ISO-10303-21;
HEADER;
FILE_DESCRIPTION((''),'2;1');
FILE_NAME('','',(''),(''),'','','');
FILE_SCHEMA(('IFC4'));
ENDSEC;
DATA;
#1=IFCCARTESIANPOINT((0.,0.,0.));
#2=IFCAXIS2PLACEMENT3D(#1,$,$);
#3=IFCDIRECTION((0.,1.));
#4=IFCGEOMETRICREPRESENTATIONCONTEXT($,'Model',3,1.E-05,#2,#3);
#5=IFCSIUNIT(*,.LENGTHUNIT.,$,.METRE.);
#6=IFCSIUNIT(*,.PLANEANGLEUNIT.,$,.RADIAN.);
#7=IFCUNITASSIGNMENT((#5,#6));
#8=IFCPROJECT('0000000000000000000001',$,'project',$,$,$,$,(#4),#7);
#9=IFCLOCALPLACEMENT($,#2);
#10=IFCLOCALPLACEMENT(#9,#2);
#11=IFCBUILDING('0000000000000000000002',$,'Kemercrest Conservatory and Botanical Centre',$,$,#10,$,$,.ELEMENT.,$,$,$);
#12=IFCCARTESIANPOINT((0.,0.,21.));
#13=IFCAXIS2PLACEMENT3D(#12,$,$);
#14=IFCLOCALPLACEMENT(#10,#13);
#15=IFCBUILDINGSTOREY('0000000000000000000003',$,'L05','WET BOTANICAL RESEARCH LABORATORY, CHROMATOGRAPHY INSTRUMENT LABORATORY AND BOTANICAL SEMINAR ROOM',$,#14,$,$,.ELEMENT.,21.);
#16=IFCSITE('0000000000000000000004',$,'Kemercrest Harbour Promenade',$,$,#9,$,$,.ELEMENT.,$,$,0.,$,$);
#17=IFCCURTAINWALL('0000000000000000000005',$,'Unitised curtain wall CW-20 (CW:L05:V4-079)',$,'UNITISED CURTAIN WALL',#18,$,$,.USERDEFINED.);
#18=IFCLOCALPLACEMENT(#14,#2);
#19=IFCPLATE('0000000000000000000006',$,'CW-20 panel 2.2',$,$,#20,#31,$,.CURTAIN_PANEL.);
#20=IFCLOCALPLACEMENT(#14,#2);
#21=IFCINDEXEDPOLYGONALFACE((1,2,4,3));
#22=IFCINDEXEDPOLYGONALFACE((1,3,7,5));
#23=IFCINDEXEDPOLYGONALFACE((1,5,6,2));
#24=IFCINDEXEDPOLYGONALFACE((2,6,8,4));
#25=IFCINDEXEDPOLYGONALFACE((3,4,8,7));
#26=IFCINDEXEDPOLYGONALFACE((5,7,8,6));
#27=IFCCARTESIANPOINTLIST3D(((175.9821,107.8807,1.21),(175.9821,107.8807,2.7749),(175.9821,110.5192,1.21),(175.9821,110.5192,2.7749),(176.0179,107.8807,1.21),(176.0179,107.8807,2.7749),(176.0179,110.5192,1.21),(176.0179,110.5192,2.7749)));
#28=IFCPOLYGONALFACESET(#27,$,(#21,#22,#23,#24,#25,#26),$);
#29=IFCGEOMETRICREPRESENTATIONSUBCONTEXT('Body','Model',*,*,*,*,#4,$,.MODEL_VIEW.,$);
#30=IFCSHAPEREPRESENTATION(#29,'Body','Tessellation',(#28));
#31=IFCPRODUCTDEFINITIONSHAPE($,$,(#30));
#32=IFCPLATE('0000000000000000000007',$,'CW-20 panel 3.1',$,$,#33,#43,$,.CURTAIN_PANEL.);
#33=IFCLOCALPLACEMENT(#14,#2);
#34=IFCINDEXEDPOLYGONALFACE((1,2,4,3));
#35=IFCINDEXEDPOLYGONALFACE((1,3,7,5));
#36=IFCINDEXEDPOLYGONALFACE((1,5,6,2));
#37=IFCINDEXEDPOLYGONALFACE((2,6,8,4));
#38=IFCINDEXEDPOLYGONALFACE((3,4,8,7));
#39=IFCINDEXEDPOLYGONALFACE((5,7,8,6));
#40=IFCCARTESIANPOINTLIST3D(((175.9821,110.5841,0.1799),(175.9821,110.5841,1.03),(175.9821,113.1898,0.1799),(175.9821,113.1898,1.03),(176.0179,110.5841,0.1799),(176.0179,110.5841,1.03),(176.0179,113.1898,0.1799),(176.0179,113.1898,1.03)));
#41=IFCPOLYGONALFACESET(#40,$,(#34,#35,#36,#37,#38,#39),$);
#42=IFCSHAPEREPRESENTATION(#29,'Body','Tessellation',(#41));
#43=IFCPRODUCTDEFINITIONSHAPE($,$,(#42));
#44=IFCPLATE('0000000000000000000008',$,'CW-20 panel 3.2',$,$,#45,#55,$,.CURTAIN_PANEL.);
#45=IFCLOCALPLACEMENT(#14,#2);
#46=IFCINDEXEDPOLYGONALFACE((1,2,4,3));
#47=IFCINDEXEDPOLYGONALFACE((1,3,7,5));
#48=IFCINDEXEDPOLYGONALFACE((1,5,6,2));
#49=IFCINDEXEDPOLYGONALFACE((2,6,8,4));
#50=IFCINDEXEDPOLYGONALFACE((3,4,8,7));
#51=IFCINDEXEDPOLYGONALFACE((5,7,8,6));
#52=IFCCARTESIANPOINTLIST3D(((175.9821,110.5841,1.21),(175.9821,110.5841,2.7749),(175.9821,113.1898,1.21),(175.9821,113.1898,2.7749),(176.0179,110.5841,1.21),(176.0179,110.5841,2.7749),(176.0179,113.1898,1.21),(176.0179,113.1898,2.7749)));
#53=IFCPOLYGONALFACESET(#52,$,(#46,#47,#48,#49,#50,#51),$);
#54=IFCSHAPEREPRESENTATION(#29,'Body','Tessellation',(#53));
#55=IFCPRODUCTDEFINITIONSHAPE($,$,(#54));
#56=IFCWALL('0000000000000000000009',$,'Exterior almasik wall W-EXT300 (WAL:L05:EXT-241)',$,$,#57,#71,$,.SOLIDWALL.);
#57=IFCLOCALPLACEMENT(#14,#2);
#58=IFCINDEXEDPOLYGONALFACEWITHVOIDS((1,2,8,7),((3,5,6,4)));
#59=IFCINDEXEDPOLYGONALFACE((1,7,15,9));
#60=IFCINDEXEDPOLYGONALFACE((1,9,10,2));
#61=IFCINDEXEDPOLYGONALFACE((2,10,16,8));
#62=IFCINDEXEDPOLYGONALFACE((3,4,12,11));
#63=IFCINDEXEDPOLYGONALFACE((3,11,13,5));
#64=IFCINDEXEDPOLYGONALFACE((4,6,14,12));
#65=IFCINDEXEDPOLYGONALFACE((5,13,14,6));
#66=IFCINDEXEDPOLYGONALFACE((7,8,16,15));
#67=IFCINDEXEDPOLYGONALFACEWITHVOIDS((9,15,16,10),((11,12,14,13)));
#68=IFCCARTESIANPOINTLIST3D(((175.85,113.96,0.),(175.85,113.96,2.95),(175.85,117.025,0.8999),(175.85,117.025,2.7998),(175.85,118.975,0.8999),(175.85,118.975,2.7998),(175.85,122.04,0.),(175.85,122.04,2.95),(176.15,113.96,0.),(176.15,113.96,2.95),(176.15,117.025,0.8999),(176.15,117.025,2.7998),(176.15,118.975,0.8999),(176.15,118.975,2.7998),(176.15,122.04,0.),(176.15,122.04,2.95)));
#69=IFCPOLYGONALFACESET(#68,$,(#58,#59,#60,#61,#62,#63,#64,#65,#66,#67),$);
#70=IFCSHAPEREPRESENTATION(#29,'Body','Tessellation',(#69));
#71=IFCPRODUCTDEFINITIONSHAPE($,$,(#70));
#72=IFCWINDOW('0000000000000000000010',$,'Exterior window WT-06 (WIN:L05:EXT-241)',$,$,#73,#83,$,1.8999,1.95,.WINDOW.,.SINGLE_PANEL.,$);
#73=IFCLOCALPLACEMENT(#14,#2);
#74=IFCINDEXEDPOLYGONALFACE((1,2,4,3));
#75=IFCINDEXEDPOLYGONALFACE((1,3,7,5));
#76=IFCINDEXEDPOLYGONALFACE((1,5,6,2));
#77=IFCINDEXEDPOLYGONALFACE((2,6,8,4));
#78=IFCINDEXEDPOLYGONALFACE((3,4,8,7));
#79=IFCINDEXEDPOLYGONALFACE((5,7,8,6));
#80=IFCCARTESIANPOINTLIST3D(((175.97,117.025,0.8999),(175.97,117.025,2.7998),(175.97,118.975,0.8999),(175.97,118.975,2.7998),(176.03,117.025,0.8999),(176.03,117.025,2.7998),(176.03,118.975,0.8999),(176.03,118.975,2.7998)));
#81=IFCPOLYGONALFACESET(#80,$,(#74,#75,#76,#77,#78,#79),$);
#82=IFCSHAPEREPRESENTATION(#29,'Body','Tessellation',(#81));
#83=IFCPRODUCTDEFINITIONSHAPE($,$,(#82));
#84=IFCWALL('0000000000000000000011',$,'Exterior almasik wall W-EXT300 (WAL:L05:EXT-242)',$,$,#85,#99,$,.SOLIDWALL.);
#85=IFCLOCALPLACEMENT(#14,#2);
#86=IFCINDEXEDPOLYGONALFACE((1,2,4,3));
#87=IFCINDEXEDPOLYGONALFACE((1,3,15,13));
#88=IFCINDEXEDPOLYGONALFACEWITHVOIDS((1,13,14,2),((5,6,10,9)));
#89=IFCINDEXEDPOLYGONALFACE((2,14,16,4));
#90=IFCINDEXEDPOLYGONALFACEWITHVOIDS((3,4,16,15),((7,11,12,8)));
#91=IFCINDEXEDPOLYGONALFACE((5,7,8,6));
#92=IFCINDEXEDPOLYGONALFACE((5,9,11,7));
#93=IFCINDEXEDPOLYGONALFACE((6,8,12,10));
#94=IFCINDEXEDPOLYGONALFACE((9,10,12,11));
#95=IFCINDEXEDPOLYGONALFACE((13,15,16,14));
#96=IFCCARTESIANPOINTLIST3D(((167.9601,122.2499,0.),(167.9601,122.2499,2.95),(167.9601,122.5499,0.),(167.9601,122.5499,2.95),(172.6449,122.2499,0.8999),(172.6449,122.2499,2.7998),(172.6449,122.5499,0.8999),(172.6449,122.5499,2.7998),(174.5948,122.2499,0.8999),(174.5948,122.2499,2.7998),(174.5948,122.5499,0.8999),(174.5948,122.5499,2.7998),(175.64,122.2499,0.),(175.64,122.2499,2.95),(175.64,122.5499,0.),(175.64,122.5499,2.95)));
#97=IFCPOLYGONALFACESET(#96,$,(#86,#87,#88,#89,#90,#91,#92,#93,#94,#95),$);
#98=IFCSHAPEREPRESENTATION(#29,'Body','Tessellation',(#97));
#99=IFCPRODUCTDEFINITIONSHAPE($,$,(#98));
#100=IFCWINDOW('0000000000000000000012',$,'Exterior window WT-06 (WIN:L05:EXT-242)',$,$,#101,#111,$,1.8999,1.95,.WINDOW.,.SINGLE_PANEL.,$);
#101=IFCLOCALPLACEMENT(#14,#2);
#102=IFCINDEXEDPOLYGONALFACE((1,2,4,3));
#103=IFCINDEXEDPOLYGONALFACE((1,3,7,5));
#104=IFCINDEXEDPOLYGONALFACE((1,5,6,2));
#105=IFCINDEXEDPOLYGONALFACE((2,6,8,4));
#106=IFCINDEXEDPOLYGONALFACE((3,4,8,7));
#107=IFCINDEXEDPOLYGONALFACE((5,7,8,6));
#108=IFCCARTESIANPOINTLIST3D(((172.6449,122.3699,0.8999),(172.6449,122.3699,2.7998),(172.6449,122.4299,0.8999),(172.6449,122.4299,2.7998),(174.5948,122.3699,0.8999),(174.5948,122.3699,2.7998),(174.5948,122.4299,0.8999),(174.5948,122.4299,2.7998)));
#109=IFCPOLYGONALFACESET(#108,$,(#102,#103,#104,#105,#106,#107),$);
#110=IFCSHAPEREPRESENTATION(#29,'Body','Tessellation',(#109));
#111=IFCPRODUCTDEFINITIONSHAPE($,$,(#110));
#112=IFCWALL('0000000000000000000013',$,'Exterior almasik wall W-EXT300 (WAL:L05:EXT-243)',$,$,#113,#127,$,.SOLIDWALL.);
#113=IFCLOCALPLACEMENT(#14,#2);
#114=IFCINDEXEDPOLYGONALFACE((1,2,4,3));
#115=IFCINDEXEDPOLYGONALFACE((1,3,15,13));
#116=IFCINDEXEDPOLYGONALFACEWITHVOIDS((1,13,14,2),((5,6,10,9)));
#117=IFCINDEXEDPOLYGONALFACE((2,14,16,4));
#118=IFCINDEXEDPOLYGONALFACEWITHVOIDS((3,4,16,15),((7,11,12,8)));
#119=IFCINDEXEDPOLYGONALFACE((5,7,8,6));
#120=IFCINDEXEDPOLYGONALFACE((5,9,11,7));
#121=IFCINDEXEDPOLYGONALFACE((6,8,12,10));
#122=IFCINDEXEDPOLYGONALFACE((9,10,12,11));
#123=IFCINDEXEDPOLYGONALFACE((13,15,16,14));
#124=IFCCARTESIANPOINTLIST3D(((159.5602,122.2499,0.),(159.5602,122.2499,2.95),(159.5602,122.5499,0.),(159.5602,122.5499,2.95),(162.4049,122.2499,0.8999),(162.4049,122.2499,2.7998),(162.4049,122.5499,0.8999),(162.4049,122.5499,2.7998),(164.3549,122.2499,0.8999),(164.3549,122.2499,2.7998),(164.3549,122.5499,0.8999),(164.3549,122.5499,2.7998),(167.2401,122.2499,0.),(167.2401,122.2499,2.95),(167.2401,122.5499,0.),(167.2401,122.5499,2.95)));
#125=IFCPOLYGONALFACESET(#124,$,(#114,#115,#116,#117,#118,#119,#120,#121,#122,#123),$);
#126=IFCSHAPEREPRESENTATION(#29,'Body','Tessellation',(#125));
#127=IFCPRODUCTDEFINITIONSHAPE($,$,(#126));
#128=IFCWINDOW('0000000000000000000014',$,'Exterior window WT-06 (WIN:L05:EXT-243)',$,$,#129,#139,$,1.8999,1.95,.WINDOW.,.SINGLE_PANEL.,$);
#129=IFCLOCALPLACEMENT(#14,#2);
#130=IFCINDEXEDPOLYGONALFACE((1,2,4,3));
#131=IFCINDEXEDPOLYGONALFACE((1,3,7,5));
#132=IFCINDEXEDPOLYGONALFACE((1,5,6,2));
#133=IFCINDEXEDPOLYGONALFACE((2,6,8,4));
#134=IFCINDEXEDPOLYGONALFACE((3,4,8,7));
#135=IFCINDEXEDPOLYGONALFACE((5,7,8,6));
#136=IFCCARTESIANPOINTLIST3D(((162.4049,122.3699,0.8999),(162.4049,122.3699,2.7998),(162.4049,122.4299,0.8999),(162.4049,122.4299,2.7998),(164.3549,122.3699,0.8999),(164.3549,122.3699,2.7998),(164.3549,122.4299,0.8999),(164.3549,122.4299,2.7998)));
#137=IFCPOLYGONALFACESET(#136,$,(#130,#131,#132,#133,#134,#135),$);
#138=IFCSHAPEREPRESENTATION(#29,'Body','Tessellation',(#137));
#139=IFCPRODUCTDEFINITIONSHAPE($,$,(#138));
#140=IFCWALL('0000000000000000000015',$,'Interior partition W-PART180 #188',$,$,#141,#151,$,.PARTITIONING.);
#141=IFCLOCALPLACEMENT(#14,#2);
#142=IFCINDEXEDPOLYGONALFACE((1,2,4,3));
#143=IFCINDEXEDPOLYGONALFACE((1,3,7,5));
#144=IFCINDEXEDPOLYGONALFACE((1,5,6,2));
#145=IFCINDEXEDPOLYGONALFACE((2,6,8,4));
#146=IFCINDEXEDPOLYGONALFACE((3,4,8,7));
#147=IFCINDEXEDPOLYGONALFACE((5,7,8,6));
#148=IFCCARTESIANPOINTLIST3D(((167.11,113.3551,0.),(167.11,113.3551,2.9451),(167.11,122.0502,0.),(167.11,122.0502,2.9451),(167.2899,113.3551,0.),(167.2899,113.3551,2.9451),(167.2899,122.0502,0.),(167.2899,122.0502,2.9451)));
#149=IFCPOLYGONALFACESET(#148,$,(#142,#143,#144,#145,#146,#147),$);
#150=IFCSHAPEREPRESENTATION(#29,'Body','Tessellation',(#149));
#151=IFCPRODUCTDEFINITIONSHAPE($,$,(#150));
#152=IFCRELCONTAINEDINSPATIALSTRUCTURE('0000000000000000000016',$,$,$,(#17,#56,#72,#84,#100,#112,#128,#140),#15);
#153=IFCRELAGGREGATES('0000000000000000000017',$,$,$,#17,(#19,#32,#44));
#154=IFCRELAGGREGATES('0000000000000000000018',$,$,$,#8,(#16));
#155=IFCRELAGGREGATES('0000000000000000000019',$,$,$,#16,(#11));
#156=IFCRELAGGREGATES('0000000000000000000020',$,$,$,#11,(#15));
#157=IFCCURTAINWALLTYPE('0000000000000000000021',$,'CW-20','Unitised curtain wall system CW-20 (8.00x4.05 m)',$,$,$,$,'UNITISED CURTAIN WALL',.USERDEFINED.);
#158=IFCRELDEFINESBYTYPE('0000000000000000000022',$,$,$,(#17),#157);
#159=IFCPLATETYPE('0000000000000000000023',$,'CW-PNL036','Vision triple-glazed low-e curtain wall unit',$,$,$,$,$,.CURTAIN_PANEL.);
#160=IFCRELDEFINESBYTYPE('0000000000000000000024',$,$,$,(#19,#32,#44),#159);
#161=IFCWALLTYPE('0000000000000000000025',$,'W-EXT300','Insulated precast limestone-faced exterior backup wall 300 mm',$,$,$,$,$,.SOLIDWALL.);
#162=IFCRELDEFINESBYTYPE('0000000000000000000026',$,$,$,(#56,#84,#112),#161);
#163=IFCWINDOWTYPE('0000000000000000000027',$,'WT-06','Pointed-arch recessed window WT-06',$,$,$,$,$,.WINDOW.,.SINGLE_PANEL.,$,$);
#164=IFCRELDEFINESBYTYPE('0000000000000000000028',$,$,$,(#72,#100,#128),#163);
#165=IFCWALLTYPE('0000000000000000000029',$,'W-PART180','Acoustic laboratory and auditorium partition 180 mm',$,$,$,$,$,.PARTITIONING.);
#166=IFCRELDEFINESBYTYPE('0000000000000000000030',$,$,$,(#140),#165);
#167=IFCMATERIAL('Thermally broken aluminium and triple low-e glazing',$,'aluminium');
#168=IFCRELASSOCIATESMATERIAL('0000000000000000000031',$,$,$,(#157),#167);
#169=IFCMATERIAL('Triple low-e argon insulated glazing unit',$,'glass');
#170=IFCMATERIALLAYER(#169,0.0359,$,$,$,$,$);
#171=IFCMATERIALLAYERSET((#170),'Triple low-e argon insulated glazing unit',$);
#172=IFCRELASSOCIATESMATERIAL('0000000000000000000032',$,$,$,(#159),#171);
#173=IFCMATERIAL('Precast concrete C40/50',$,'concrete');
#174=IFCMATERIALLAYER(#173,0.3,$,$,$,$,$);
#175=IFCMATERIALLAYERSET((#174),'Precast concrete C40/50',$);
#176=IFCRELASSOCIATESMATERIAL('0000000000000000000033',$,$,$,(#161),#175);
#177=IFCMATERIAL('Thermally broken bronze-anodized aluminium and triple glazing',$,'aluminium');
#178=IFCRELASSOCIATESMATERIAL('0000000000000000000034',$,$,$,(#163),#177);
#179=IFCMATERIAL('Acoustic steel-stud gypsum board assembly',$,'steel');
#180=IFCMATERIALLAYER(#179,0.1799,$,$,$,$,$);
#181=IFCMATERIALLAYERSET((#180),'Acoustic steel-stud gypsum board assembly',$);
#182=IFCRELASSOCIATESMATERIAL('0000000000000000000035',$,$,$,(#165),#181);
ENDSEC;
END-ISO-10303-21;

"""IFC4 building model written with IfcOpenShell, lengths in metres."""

from ifc_helpers import new_model, si_unit, direction, frame, frame_2d, origin, origin_2d, place, context, subcontext, project, spatial, rectangle, extrude, material, layer, layer_set, type_object, element, fill, aggregate, save


model = new_model("IFC4")

# Units and contexts
model_context = context("Model", 3, precision=1e-05, world=origin(), true_north=direction((0.0, 1.0)))
body_context = subcontext(model_context, "Body", "Model", "MODEL_VIEW")
ifc_project = project(units=[si_unit("LENGTHUNIT", "METRE"), si_unit("PLANEANGLEUNIT", "RADIAN")], contexts=[model_context])

# Site, building, storey
site_placement = place(None, origin())
site = spatial("IfcSite", under=ifc_project, at=site_placement, Name="Kemercrest Harbour Promenade", CompositionType="ELEMENT", RefElevation=0.0)
building_placement = place(site_placement, origin())
building = spatial("IfcBuilding", under=site, at=building_placement, Name="Kemercrest Conservatory and Botanical Centre", CompositionType="ELEMENT")
storey_placement = place(building_placement, frame((0.0, 0.0, 21.0)))
storey = spatial("IfcBuildingStorey", under=building, at=storey_placement, Name="L05", Description="WET BOTANICAL RESEARCH LABORATORY, CHROMATOGRAPHY INSTRUMENT LABORATORY AND BOTANICAL SEMINAR ROOM", CompositionType="ELEMENT", Elevation=21.0)

# Curtain wall
ifc_material_1 = material(Name="Thermally broken aluminium and triple low-e glazing", Category="aluminium")
curtain_wall_type = type_object("IfcCurtainWallType", Name="CW-20", Description="Unitised curtain wall system CW-20 (8.00x4.05 m)", ElementType="UNITISED CURTAIN WALL", PredefinedType="USERDEFINED", material=ifc_material_1)
curtain_wall_placement = place(storey_placement, origin())
curtain_wall = element("IfcCurtainWall", 1, at=curtain_wall_placement, inside=storey, type_object=curtain_wall_type, Name="Unitised curtain wall CW-20 (CW:L05:V4-079)", ObjectType="UNITISED CURTAIN WALL", PredefinedType="USERDEFINED")

# Plates
ifc_material_2 = material(Name="Triple low-e argon insulated glazing unit", Category="glass")
ifc_layer_1 = layer(ifc_material_2, 0.0359)
ifc_layer_set_1 = layer_set([ifc_layer_1], Name="Triple low-e argon insulated glazing unit")
plate_type = type_object("IfcPlateType", Name="CW-PNL036", Description="Vision triple-glazed low-e curtain wall unit", PredefinedType="CURTAIN_PANEL", material=ifc_layer_set_1)
plate_1_placement = place(storey_placement, frame((176.0, 109.2, 1.21), z_axis=(0.0, 0.0, 1.0), x_axis=(0.0, 1.0, 0.0)))
plate_1 = element("IfcPlate", 2, at=plate_1_placement, type_object=plate_type, Name="CW-20 panel 2.2", PredefinedType="CURTAIN_PANEL", context=body_context, shape_type="SweptSolid", body=[
    extrude(rectangle(XDim=2.6384, YDim=0.0359, at=origin_2d()), origin(), (0.0, 0.0, 1.0), 1.5649),
])
plate_2_placement = place(storey_placement, frame((176.0, 111.887, 0.1799), z_axis=(0.0, 0.0, 1.0), x_axis=(0.0, 1.0, 0.0)))
plate_2 = element("IfcPlate", 3, at=plate_2_placement, type_object=plate_type, Name="CW-20 panel 3.1", PredefinedType="CURTAIN_PANEL", context=body_context, shape_type="SweptSolid", body=[
    extrude(rectangle(XDim=2.6057, YDim=0.0359, at=origin_2d()), origin(), (0.0, 0.0, 1.0), 0.8501),
])
plate_3_placement = place(storey_placement, frame((176.0, 111.887, 1.21), z_axis=(0.0, 0.0, 1.0), x_axis=(0.0, 1.0, 0.0)))
plate_3 = element("IfcPlate", 4, at=plate_3_placement, type_object=plate_type, Name="CW-20 panel 3.2", PredefinedType="CURTAIN_PANEL", context=body_context, shape_type="SweptSolid", body=[
    extrude(rectangle(XDim=2.6057, YDim=0.0359, at=origin_2d()), origin(), (0.0, 0.0, 1.0), 1.5649),
])
aggregate(curtain_wall, [plate_1, plate_2, plate_3])

# Walls, openings, windows
ifc_material_3 = material(Name="Precast concrete C40/50", Category="concrete")
ifc_layer_2 = layer(ifc_material_3, 0.3)
ifc_layer_set_2 = layer_set([ifc_layer_2], Name="Precast concrete C40/50")
wall_type_1 = type_object("IfcWallType", Name="W-EXT300", Description="Insulated precast limestone-faced exterior backup wall 300 mm", PredefinedType="SOLIDWALL", material=ifc_layer_set_2)
wall_1_placement = place(storey_placement, frame((176.0, 113.96, 0.0), z_axis=(0.0, 0.0, 1.0), x_axis=(0.0, 1.0, 0.0)))
wall_1 = element("IfcWall", 5, at=wall_1_placement, inside=storey, type_object=wall_type_1, Name="Exterior almasik wall W-EXT300 (WAL:L05:EXT-241)", PredefinedType="SOLIDWALL", context=body_context, shape_type="SweptSolid", body=[
    extrude(rectangle(XDim=8.0801, YDim=0.3, at=frame_2d((4.04, 0.0))), origin(), (0.0, 0.0, 1.0), 2.95),
])
opening_1_placement = place(wall_1_placement, frame((3.0649, 0.0, 0.8999)))
opening_1 = element("IfcOpeningElement", 6, at=opening_1_placement, cuts=wall_1, PredefinedType="OPENING", context=body_context, shape_type="SweptSolid", body=[
    extrude(rectangle(XDim=1.95, YDim=1.8999, at=frame_2d((0.9751, 0.95))), frame((0.0, 0.1602, 0.0), z_axis=(0.0, -1.0, 0.0), x_axis=(1.0, 0.0, 0.0)), (0.0, 0.0, 1.0), 0.3201),
])
ifc_material_4 = material(Name="Thermally broken bronze-anodized aluminium and triple glazing", Category="aluminium")
window_type = type_object("IfcWindowType", Name="WT-06", Description="Pointed-arch recessed window WT-06", PartitioningType="SINGLE_PANEL", PredefinedType="WINDOW", material=ifc_material_4)
window_1_placement = place(opening_1_placement, origin())
window_1 = element("IfcWindow", 7, at=window_1_placement, inside=storey, type_object=window_type, Name="Exterior window WT-06 (WIN:L05:EXT-241)", OverallHeight=1.8999, OverallWidth=1.95, PartitioningType="SINGLE_PANEL", PredefinedType="WINDOW", context=body_context, shape_type="SweptSolid", body=[
    extrude(rectangle(XDim=1.95, YDim=1.8999, at=frame_2d((0.9751, 0.95))), frame((0.0, 0.03, 0.0), z_axis=(0.0, -1.0, 0.0), x_axis=(1.0, 0.0, 0.0)), (0.0, 0.0, 1.0), 0.0601),
])
fill(opening_1, window_1)
wall_2_placement = place(storey_placement, frame((175.6399, 122.3999, 0.0), z_axis=(0.0, 0.0, 1.0), x_axis=(-1.0, 0.0, 0.0)))
wall_2 = element("IfcWall", 8, at=wall_2_placement, inside=storey, type_object=wall_type_1, Name="Exterior almasik wall W-EXT300 (WAL:L05:EXT-242)", PredefinedType="SOLIDWALL", context=body_context, shape_type="SweptSolid", body=[
    extrude(rectangle(XDim=7.6799, YDim=0.3, at=frame_2d((3.8398, 0.0))), origin(), (0.0, 0.0, 1.0), 2.95),
])
opening_2_placement = place(wall_2_placement, frame((1.0449, 0.0, 0.8999)))
opening_2 = element("IfcOpeningElement", 9, at=opening_2_placement, cuts=wall_2, PredefinedType="OPENING", context=body_context, shape_type="SweptSolid", body=[
    extrude(rectangle(XDim=1.95, YDim=1.8999, at=frame_2d((0.9751, 0.95))), frame((0.0, 0.1602, 0.0), z_axis=(0.0, -1.0, 0.0), x_axis=(1.0, 0.0, 0.0)), (0.0, 0.0, 1.0), 0.3201),
])
window_2_placement = place(opening_2_placement, origin())
window_2 = element("IfcWindow", 10, at=window_2_placement, inside=storey, type_object=window_type, Name="Exterior window WT-06 (WIN:L05:EXT-242)", OverallHeight=1.8999, OverallWidth=1.95, PartitioningType="SINGLE_PANEL", PredefinedType="WINDOW", context=body_context, shape_type="SweptSolid", body=[
    extrude(rectangle(XDim=1.95, YDim=1.8999, at=frame_2d((0.9751, 0.95))), frame((0.0, 0.03, 0.0), z_axis=(0.0, -1.0, 0.0), x_axis=(1.0, 0.0, 0.0)), (0.0, 0.0, 1.0), 0.0601),
])
fill(opening_2, window_2)
wall_3_placement = place(storey_placement, frame((167.24, 122.3999, 0.0), z_axis=(0.0, 0.0, 1.0), x_axis=(-1.0, 0.0, 0.0)))
wall_3 = element("IfcWall", 11, at=wall_3_placement, inside=storey, type_object=wall_type_1, Name="Exterior almasik wall W-EXT300 (WAL:L05:EXT-243)", PredefinedType="SOLIDWALL", context=body_context, shape_type="SweptSolid", body=[
    extrude(rectangle(XDim=7.6799, YDim=0.3, at=frame_2d((3.8398, 0.0))), origin(), (0.0, 0.0, 1.0), 2.95),
])
opening_3_placement = place(wall_3_placement, frame((2.885, 0.0, 0.8999)))
opening_3 = element("IfcOpeningElement", 12, at=opening_3_placement, cuts=wall_3, PredefinedType="OPENING", context=body_context, shape_type="SweptSolid", body=[
    extrude(rectangle(XDim=1.95, YDim=1.8999, at=frame_2d((0.9751, 0.95))), frame((0.0, 0.1602, 0.0), z_axis=(0.0, -1.0, 0.0), x_axis=(1.0, 0.0, 0.0)), (0.0, 0.0, 1.0), 0.3201),
])
window_3_placement = place(opening_3_placement, origin())
window_3 = element("IfcWindow", 13, at=window_3_placement, inside=storey, type_object=window_type, Name="Exterior window WT-06 (WIN:L05:EXT-243)", OverallHeight=1.8999, OverallWidth=1.95, PartitioningType="SINGLE_PANEL", PredefinedType="WINDOW", context=body_context, shape_type="SweptSolid", body=[
    extrude(rectangle(XDim=1.95, YDim=1.8999, at=frame_2d((0.9751, 0.95))), frame((0.0, 0.03, 0.0), z_axis=(0.0, -1.0, 0.0), x_axis=(1.0, 0.0, 0.0)), (0.0, 0.0, 1.0), 0.0601),
])
fill(opening_3, window_3)

# Wall
ifc_material_5 = material(Name="Acoustic steel-stud gypsum board assembly", Category="steel")
ifc_layer_3 = layer(ifc_material_5, 0.1799)
ifc_layer_set_3 = layer_set([ifc_layer_3], Name="Acoustic steel-stud gypsum board assembly")
wall_type_2 = type_object("IfcWallType", Name="W-PART180", Description="Acoustic laboratory and auditorium partition 180 mm", PredefinedType="PARTITIONING", material=ifc_layer_set_3)
wall_4_placement = place(storey_placement, frame((167.2, 113.355, 0.0), z_axis=(0.0, 0.0, 1.0), x_axis=(0.0, 1.0, 0.0)))
element("IfcWall", 14, at=wall_4_placement, inside=storey, type_object=wall_type_2, Name="Interior partition W-PART180 #188", PredefinedType="PARTITIONING", context=body_context, shape_type="SweptSolid", body=[
    extrude(rectangle(XDim=8.6951, YDim=0.1799, at=frame_2d((4.3477, 0.0))), origin(), (0.0, 0.0, 1.0), 2.9451),
])

save(model, "model.ifc")
